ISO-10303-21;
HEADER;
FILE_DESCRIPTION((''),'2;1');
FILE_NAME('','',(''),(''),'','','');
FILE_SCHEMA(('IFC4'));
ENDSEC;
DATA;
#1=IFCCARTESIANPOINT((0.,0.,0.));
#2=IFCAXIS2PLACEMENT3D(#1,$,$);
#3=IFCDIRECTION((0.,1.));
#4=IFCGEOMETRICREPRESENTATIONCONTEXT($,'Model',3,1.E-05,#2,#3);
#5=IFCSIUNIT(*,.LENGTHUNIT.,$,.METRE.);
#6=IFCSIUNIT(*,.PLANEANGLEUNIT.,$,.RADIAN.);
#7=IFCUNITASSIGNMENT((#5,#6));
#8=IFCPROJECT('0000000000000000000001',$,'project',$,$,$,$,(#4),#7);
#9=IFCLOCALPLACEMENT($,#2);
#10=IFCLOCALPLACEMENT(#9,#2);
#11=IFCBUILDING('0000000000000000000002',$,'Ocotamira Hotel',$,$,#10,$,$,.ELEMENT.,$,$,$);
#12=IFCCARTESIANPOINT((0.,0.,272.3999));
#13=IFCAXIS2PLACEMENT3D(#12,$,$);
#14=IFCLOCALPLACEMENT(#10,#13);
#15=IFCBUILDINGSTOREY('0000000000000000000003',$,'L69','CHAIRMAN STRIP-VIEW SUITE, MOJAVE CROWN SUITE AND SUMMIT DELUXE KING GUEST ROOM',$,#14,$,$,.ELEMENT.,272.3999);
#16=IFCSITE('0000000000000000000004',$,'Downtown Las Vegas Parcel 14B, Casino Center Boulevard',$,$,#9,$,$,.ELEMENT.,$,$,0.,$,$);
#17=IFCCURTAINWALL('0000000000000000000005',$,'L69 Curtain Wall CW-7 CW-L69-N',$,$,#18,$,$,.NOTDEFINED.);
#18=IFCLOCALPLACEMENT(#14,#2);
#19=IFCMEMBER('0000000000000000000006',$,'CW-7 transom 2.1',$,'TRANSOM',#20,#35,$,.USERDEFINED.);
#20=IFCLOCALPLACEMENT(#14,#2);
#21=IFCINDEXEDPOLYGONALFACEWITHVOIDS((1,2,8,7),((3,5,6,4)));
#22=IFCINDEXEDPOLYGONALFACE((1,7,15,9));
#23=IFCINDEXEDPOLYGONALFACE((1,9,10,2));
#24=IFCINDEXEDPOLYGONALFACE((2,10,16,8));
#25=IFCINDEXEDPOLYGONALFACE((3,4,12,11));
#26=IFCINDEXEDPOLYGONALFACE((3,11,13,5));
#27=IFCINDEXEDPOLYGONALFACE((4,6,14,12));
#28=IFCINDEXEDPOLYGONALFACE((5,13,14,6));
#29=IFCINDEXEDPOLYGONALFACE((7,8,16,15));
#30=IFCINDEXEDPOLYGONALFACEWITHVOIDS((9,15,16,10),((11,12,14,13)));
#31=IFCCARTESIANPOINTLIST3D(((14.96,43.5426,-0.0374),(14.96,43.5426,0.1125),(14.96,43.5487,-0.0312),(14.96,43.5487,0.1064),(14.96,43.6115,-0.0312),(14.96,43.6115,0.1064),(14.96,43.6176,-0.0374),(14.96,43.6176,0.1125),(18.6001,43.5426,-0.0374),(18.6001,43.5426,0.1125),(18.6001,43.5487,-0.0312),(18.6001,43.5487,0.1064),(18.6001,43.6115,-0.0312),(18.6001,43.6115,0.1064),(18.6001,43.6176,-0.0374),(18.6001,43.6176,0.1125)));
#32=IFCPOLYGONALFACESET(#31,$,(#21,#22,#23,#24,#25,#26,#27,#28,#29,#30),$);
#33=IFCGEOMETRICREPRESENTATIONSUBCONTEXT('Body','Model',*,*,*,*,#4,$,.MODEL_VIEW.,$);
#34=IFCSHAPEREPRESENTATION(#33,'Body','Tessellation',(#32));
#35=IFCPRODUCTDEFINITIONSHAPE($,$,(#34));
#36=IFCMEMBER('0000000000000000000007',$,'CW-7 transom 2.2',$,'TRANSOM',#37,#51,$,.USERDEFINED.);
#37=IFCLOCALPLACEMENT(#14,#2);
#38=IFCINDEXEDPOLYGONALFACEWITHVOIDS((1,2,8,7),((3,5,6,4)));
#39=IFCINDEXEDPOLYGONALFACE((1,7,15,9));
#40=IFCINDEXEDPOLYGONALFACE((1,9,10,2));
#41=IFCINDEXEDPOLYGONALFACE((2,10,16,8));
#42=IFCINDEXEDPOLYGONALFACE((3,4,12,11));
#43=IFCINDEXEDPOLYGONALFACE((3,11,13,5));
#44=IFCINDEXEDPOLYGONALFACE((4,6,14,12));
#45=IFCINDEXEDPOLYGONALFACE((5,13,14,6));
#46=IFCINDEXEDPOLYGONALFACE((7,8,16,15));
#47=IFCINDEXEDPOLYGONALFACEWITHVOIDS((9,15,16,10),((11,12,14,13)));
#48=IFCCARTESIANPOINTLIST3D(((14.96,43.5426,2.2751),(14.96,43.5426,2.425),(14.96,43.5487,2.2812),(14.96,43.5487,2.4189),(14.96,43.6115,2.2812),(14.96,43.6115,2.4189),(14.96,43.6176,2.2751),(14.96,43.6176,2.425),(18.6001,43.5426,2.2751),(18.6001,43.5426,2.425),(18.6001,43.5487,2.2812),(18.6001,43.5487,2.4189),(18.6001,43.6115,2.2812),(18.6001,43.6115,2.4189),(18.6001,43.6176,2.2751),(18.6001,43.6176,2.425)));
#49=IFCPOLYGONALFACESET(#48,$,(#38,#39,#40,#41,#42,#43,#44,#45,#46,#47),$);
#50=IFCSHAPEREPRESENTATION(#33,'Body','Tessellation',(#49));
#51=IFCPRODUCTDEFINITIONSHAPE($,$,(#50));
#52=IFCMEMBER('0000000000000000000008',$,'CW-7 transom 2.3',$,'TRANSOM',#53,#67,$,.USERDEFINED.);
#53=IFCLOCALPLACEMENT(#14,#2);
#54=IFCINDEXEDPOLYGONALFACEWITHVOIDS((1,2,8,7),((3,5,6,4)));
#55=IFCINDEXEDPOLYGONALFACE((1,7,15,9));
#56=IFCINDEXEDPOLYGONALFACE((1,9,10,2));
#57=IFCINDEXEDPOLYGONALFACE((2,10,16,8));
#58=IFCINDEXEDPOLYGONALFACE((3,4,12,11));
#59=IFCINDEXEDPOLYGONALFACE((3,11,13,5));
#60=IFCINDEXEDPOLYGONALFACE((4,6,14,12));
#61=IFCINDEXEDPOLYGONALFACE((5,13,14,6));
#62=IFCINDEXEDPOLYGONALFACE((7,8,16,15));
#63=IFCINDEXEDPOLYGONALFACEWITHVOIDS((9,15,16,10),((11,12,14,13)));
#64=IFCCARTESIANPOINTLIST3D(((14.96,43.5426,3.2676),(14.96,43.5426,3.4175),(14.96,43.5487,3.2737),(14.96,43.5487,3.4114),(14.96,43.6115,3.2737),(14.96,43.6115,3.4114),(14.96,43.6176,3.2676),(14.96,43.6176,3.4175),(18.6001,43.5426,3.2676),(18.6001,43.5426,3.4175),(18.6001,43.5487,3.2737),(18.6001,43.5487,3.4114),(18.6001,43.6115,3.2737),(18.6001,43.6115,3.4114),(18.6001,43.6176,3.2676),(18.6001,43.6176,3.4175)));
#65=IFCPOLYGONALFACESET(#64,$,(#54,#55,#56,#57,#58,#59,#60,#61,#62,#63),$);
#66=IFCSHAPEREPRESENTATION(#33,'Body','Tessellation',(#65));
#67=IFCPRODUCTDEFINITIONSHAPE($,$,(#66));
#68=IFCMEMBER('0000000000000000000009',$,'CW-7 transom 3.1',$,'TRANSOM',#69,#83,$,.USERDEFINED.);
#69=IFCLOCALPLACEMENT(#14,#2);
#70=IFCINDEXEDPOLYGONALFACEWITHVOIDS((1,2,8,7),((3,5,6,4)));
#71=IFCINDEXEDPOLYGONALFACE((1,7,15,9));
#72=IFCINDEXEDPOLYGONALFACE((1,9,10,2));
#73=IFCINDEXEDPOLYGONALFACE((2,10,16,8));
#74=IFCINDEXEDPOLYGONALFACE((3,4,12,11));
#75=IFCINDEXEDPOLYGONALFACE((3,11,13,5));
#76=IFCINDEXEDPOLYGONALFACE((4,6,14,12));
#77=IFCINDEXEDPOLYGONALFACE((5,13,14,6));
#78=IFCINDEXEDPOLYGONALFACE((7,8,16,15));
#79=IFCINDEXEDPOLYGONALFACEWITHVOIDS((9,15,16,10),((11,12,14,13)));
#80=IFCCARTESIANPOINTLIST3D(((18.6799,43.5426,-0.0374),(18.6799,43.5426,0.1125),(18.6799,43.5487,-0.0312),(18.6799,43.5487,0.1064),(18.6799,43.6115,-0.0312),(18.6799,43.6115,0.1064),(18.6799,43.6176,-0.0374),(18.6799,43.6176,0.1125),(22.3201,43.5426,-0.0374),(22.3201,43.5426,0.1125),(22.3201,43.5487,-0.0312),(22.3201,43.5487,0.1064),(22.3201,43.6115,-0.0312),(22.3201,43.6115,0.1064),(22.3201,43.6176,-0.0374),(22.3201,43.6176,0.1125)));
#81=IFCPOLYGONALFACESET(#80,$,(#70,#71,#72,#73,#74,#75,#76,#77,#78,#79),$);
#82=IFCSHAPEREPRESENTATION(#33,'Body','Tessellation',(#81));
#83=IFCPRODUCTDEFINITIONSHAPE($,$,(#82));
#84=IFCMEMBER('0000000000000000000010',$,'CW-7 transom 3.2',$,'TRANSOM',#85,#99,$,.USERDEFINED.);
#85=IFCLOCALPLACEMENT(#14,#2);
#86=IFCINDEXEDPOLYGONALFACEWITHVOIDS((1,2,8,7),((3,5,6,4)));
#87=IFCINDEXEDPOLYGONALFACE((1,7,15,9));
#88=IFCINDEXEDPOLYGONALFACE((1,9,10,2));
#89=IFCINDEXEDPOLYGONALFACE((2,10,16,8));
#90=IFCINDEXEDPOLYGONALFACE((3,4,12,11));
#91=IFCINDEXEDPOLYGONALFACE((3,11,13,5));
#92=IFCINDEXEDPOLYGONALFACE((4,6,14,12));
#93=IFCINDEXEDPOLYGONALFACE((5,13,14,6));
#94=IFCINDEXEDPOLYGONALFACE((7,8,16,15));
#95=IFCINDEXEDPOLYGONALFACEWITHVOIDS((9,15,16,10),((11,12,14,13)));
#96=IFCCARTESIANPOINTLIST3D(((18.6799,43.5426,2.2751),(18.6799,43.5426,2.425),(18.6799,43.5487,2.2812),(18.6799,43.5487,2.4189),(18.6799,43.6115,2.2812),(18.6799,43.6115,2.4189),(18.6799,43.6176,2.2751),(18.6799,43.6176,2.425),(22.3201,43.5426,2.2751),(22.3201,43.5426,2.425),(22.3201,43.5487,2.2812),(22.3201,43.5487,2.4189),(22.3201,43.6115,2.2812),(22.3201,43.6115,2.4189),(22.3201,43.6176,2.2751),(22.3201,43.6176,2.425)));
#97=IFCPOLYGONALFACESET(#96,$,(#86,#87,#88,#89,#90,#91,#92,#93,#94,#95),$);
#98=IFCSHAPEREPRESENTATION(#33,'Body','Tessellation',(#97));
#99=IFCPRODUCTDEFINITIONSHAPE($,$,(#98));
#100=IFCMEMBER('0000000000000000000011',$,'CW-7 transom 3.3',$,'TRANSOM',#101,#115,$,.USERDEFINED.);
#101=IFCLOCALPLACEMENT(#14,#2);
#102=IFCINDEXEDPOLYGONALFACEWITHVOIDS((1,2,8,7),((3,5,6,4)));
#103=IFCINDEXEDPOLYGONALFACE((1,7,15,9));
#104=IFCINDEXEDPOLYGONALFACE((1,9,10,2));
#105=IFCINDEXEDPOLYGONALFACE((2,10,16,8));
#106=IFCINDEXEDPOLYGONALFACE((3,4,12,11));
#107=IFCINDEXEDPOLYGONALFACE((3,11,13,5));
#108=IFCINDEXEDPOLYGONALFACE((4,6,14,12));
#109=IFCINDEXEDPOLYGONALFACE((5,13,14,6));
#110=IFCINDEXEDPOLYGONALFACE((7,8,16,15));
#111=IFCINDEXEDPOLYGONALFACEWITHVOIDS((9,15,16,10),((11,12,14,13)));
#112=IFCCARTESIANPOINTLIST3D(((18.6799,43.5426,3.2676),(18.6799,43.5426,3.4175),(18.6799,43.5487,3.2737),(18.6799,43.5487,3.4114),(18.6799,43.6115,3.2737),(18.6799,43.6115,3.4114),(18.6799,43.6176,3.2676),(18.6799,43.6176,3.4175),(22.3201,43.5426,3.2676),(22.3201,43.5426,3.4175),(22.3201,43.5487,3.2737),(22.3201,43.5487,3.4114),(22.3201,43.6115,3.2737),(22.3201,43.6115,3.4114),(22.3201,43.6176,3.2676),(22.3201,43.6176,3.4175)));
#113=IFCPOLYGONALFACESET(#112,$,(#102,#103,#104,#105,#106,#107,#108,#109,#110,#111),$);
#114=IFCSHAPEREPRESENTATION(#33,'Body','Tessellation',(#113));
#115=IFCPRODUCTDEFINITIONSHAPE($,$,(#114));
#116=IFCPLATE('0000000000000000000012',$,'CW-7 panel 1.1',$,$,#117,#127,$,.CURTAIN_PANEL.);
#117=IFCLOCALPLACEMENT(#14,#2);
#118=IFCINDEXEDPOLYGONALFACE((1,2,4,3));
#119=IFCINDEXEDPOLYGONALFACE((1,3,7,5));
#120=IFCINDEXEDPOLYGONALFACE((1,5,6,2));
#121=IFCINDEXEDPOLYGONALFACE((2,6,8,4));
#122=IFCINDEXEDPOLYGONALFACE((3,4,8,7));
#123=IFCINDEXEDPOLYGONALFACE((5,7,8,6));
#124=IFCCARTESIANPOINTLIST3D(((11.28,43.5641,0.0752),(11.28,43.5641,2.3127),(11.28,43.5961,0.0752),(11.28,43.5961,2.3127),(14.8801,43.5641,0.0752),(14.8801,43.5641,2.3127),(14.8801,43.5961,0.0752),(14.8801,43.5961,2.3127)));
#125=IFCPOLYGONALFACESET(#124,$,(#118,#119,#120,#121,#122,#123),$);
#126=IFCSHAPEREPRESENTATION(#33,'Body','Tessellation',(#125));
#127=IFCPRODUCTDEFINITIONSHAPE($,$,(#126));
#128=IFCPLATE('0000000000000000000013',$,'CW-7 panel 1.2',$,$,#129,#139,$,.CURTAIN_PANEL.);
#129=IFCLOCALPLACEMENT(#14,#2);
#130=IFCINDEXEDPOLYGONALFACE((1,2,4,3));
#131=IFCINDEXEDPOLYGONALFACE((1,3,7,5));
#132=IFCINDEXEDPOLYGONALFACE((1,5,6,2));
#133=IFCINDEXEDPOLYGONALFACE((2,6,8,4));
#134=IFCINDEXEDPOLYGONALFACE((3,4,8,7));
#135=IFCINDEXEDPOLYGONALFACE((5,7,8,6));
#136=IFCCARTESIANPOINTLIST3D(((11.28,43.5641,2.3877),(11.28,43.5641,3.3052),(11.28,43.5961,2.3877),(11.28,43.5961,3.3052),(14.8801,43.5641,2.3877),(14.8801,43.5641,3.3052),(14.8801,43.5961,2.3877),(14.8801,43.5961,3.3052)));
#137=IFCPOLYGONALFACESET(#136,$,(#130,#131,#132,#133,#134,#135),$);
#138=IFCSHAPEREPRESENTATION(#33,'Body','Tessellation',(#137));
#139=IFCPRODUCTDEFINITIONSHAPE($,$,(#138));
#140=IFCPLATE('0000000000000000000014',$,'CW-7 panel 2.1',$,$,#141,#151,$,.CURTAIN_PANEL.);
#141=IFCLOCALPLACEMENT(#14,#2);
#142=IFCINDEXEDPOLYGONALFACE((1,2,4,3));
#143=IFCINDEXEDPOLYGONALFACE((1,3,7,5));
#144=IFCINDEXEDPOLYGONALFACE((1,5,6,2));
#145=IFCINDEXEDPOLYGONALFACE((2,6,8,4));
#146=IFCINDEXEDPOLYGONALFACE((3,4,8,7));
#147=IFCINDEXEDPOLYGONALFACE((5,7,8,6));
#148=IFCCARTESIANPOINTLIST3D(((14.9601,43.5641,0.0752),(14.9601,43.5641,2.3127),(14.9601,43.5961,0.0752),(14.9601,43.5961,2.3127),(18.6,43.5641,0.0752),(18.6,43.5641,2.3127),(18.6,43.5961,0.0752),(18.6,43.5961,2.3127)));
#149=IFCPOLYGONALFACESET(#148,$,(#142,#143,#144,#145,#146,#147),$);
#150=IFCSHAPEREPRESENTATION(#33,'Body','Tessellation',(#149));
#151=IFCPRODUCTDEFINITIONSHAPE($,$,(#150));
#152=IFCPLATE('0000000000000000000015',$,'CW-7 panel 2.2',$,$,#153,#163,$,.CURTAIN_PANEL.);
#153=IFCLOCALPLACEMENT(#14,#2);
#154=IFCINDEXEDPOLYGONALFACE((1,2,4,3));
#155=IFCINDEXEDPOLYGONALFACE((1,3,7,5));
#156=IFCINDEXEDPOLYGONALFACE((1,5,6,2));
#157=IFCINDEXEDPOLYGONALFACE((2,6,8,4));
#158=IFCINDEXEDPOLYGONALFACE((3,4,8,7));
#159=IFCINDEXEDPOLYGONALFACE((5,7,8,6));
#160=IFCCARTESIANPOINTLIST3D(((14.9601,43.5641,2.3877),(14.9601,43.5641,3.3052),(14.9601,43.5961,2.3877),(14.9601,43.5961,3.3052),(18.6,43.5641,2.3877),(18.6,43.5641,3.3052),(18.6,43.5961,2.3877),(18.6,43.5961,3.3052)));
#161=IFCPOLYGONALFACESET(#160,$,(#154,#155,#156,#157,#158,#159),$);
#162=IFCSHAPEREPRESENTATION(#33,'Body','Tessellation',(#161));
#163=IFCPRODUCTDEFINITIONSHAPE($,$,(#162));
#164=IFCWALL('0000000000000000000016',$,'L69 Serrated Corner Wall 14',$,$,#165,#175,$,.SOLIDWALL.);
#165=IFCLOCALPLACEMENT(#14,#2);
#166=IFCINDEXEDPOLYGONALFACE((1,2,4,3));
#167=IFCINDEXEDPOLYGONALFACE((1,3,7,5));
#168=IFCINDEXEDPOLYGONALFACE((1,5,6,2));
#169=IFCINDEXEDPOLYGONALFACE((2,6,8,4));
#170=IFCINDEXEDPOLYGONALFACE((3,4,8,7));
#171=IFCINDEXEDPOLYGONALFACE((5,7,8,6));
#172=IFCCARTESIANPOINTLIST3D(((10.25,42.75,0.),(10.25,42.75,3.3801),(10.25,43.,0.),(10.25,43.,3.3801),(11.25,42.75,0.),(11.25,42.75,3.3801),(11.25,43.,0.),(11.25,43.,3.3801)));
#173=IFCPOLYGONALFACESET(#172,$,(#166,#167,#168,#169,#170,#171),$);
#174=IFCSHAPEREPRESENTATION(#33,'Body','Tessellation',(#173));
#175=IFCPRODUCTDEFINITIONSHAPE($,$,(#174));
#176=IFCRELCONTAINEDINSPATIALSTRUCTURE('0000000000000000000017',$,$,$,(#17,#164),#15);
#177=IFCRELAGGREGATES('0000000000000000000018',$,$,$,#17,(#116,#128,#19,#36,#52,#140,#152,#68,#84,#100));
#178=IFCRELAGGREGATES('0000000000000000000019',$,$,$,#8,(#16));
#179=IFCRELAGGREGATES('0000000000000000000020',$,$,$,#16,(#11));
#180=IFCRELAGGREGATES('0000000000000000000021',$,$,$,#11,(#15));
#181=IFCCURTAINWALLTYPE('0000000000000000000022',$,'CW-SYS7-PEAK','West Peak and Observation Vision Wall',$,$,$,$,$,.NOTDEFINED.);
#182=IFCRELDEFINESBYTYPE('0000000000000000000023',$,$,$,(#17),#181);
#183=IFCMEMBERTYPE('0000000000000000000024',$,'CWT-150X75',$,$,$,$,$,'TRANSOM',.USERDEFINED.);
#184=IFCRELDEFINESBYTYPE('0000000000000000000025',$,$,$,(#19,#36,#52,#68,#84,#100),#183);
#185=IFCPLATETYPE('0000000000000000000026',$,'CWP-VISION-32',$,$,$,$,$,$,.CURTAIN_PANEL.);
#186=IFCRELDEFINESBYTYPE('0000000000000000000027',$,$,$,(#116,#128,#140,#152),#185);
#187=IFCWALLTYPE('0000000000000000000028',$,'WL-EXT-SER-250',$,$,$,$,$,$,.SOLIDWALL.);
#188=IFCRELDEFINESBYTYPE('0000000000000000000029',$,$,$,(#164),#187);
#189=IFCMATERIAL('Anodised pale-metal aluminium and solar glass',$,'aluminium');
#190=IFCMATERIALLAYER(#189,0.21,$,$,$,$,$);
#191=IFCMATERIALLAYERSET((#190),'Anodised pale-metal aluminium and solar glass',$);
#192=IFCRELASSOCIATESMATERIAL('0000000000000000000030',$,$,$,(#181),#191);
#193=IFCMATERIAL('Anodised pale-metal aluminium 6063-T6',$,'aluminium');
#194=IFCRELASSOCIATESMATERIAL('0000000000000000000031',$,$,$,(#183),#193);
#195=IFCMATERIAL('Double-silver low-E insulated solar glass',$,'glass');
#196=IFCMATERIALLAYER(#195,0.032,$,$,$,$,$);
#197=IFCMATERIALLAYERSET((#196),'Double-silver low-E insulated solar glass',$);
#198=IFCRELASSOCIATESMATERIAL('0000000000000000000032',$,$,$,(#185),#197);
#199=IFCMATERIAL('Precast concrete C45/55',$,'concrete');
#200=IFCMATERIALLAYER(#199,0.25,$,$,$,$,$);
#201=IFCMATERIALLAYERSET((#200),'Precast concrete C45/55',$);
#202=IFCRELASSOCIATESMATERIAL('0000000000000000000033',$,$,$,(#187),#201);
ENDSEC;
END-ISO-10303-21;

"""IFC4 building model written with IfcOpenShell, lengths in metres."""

from ifc_helpers import new_model, si_unit, direction, frame, frame_2d, origin, origin_2d, place, context, subcontext, project, spatial, rectangle, hollow_rectangle, extrude, source, transform, mapped, material, layer, layer_set, material_profile, profile_set, type_object, element, aggregate, save


model = new_model("IFC4")

# Units and contexts
model_context = context("Model", 3, precision=1e-05, world=origin(), true_north=direction((0.0, 1.0)))
body_context = subcontext(model_context, "Body", "Model", "MODEL_VIEW")
ifc_project = project(units=[si_unit("LENGTHUNIT", "METRE"), si_unit("PLANEANGLEUNIT", "RADIAN")], contexts=[model_context])

# Site, building, storey
site_placement = place(None, origin())
site = spatial("IfcSite", under=ifc_project, at=site_placement, Name="Downtown Las Vegas Parcel 14B, Casino Center Boulevard", CompositionType="ELEMENT", RefElevation=0.0)
building_placement = place(site_placement, origin())
building = spatial("IfcBuilding", under=site, at=building_placement, Name="Ocotamira Hotel", CompositionType="ELEMENT")
storey_placement = place(building_placement, frame((0.0, 0.0, 272.3999)))
storey = spatial("IfcBuildingStorey", under=building, at=storey_placement, Name="L69", Description="CHAIRMAN STRIP-VIEW SUITE, MOJAVE CROWN SUITE AND SUMMIT DELUXE KING GUEST ROOM", CompositionType="ELEMENT", Elevation=272.3999)

# Curtain wall, members, plates
ifc_material_1 = material(Name="Anodised pale-metal aluminium and solar glass", Category="aluminium")
ifc_layer_1 = layer(ifc_material_1, 0.21)
ifc_layer_set_1 = layer_set([ifc_layer_1], Name="Anodised pale-metal aluminium and solar glass")
curtain_wall_type = type_object("IfcCurtainWallType", Name="CW-SYS7-PEAK", Description="West Peak and Observation Vision Wall", PredefinedType="NOTDEFINED", material=ifc_layer_set_1)
curtain_wall_placement = place(storey_placement, origin())
curtain_wall = element("IfcCurtainWall", 1, at=curtain_wall_placement, inside=storey, type_object=curtain_wall_type, Name="L69 Curtain Wall CW-7 CW-L69-N", PredefinedType="NOTDEFINED")
ifc_material_2 = material(Name="Anodised pale-metal aluminium 6063-T6", Category="aluminium")
ifc_material_profile_1 = material_profile(ifc_material_2, hollow_rectangle(XDim=0.075, YDim=0.1499, WallThickness=0.0061, at=origin_2d()), Name="HSS150X75X6")
ifc_profile_set_1 = profile_set([ifc_material_profile_1], Name="Anodised pale-metal aluminium 6063-T6")
member_type_1 = type_object("IfcMemberType", Name="CWT-150X75", ElementType="TRANSOM", PredefinedType="USERDEFINED", material=ifc_profile_set_1)
shared_shape_1 = source(origin(), body_context, "Body", "SweptSolid", [
    extrude(hollow_rectangle(XDim=0.075, YDim=0.1499, WallThickness=0.0061, at=origin_2d()), origin(), (0.0, 0.0, 1.0), 3.6401),
])
member_1_placement = place(storey_placement, frame((14.96, 43.5801, 0.0376), z_axis=(1.0, 0.0, 0.0), x_axis=(0.0, 1.0, 0.0)))
member_1 = element("IfcMember", 2, at=member_1_placement, type_object=member_type_1, Name="CW-7 transom 2.1", ObjectType="TRANSOM", PredefinedType="USERDEFINED", context=body_context, shape_type="MappedRepresentation", body=[
    mapped(shared_shape_1, transform((0.0, 0.0, 0.0), scale=1.0)),
])
member_2_placement = place(storey_placement, frame((14.96, 43.5801, 2.3501), z_axis=(1.0, 0.0, 0.0), x_axis=(0.0, 1.0, 0.0)))
member_2 = element("IfcMember", 3, at=member_2_placement, type_object=member_type_1, Name="CW-7 transom 2.2", ObjectType="TRANSOM", PredefinedType="USERDEFINED", context=body_context, shape_type="MappedRepresentation", body=[
    mapped(shared_shape_1, transform((0.0, 0.0, 0.0), scale=1.0)),
])
member_3_placement = place(storey_placement, frame((14.96, 43.5801, 3.3425), z_axis=(1.0, 0.0, 0.0), x_axis=(0.0, 1.0, 0.0)))
member_3 = element("IfcMember", 4, at=member_3_placement, type_object=member_type_1, Name="CW-7 transom 2.3", ObjectType="TRANSOM", PredefinedType="USERDEFINED", context=body_context, shape_type="MappedRepresentation", body=[
    mapped(shared_shape_1, transform((0.0, 0.0, 0.0), scale=1.0)),
])
member_4_placement = place(storey_placement, frame((18.6799, 43.5801, 0.0376), z_axis=(1.0, 0.0, 0.0), x_axis=(0.0, 1.0, 0.0)))
member_4 = element("IfcMember", 5, at=member_4_placement, type_object=member_type_1, Name="CW-7 transom 3.1", ObjectType="TRANSOM", PredefinedType="USERDEFINED", context=body_context, shape_type="MappedRepresentation", body=[
    mapped(shared_shape_1, transform((0.0, 0.0, 0.0), scale=1.0)),
])
member_5_placement = place(storey_placement, frame((18.6799, 43.5801, 2.3501), z_axis=(1.0, 0.0, 0.0), x_axis=(0.0, 1.0, 0.0)))
member_5 = element("IfcMember", 6, at=member_5_placement, type_object=member_type_1, Name="CW-7 transom 3.2", ObjectType="TRANSOM", PredefinedType="USERDEFINED", context=body_context, shape_type="MappedRepresentation", body=[
    mapped(shared_shape_1, transform((0.0, 0.0, 0.0), scale=1.0)),
])
member_6_placement = place(storey_placement, frame((18.6799, 43.5801, 3.3425), z_axis=(1.0, 0.0, 0.0), x_axis=(0.0, 1.0, 0.0)))
member_6 = element("IfcMember", 7, at=member_6_placement, type_object=member_type_1, Name="CW-7 transom 3.3", ObjectType="TRANSOM", PredefinedType="USERDEFINED", context=body_context, shape_type="MappedRepresentation", body=[
    mapped(shared_shape_1, transform((0.0, 0.0, 0.0), scale=1.0)),
])
ifc_material_3 = material(Name="Double-silver low-E insulated solar glass", Category="glass")
ifc_layer_2 = layer(ifc_material_3, 0.032)
ifc_layer_set_2 = layer_set([ifc_layer_2], Name="Double-silver low-E insulated solar glass")
plate_type = type_object("IfcPlateType", Name="CWP-VISION-32", PredefinedType="CURTAIN_PANEL", material=ifc_layer_set_2)
shared_shape_2 = source(origin(), body_context, "Body", "SweptSolid", [
    extrude(rectangle(XDim=3.6001, YDim=0.032, at=origin_2d()), origin(), (0.0, 0.0, 1.0), 2.2375),
])
plate_1_placement = place(storey_placement, frame((13.0801, 43.5801, 0.0752), z_axis=(0.0, 0.0, 1.0), x_axis=(1.0, 0.0, 0.0)))
plate_1 = element("IfcPlate", 8, at=plate_1_placement, type_object=plate_type, Name="CW-7 panel 1.1", PredefinedType="CURTAIN_PANEL", context=body_context, shape_type="MappedRepresentation", body=[
    mapped(shared_shape_2, transform((0.0, 0.0, 0.0), scale=1.0)),
])
shared_shape_3 = source(origin(), body_context, "Body", "SweptSolid", [
    extrude(rectangle(XDim=3.6001, YDim=0.032, at=origin_2d()), origin(), (0.0, 0.0, 1.0), 0.9175),
])
plate_2_placement = place(storey_placement, frame((13.0801, 43.5801, 2.3877), z_axis=(0.0, 0.0, 1.0), x_axis=(1.0, 0.0, 0.0)))
plate_2 = element("IfcPlate", 9, at=plate_2_placement, type_object=plate_type, Name="CW-7 panel 1.2", PredefinedType="CURTAIN_PANEL", context=body_context, shape_type="MappedRepresentation", body=[
    mapped(shared_shape_3, transform((0.0, 0.0, 0.0), scale=1.0)),
])
shared_shape_4 = source(origin(), body_context, "Body", "SweptSolid", [
    extrude(rectangle(XDim=3.6399, YDim=0.032, at=origin_2d()), origin(), (0.0, 0.0, 1.0), 2.2375),
])
plate_3_placement = place(storey_placement, frame((16.78, 43.5801, 0.0752), z_axis=(0.0, 0.0, 1.0), x_axis=(1.0, 0.0, 0.0)))
plate_3 = element("IfcPlate", 10, at=plate_3_placement, type_object=plate_type, Name="CW-7 panel 2.1", PredefinedType="CURTAIN_PANEL", context=body_context, shape_type="MappedRepresentation", body=[
    mapped(shared_shape_4, transform((0.0, 0.0, 0.0), scale=1.0)),
])
shared_shape_5 = source(origin(), body_context, "Body", "SweptSolid", [
    extrude(rectangle(XDim=3.6399, YDim=0.032, at=origin_2d()), origin(), (0.0, 0.0, 1.0), 0.9175),
])
plate_4_placement = place(storey_placement, frame((16.78, 43.5801, 2.3877), z_axis=(0.0, 0.0, 1.0), x_axis=(1.0, 0.0, 0.0)))
plate_4 = element("IfcPlate", 11, at=plate_4_placement, type_object=plate_type, Name="CW-7 panel 2.2", PredefinedType="CURTAIN_PANEL", context=body_context, shape_type="MappedRepresentation", body=[
    mapped(shared_shape_5, transform((0.0, 0.0, 0.0), scale=1.0)),
])
aggregate(curtain_wall, [plate_1, plate_2, member_1, member_2, member_3, plate_3, plate_4, member_4, member_5, member_6])

# Wall
ifc_material_4 = material(Name="Precast concrete C45/55", Category="concrete")
ifc_layer_3 = layer(ifc_material_4, 0.25)
ifc_layer_set_3 = layer_set([ifc_layer_3], Name="Precast concrete C45/55")
wall_type_1 = type_object("IfcWallType", Name="WL-EXT-SER-250", PredefinedType="SOLIDWALL", material=ifc_layer_set_3)
wall_1_placement = place(storey_placement, frame((11.25, 42.875, 0.0), z_axis=(0.0, 0.0, 1.0), x_axis=(-1.0, 0.0, 0.0)))
element("IfcWall", 12, at=wall_1_placement, inside=storey, type_object=wall_type_1, Name="L69 Serrated Corner Wall 14", PredefinedType="SOLIDWALL", context=body_context, shape_type="SweptSolid", body=[
    extrude(rectangle(XDim=1.0, YDim=0.25, at=frame_2d((0.5, 0.0))), origin(), (0.0, 0.0, 1.0), 3.3801),
])

save(model, "model.ifc")
